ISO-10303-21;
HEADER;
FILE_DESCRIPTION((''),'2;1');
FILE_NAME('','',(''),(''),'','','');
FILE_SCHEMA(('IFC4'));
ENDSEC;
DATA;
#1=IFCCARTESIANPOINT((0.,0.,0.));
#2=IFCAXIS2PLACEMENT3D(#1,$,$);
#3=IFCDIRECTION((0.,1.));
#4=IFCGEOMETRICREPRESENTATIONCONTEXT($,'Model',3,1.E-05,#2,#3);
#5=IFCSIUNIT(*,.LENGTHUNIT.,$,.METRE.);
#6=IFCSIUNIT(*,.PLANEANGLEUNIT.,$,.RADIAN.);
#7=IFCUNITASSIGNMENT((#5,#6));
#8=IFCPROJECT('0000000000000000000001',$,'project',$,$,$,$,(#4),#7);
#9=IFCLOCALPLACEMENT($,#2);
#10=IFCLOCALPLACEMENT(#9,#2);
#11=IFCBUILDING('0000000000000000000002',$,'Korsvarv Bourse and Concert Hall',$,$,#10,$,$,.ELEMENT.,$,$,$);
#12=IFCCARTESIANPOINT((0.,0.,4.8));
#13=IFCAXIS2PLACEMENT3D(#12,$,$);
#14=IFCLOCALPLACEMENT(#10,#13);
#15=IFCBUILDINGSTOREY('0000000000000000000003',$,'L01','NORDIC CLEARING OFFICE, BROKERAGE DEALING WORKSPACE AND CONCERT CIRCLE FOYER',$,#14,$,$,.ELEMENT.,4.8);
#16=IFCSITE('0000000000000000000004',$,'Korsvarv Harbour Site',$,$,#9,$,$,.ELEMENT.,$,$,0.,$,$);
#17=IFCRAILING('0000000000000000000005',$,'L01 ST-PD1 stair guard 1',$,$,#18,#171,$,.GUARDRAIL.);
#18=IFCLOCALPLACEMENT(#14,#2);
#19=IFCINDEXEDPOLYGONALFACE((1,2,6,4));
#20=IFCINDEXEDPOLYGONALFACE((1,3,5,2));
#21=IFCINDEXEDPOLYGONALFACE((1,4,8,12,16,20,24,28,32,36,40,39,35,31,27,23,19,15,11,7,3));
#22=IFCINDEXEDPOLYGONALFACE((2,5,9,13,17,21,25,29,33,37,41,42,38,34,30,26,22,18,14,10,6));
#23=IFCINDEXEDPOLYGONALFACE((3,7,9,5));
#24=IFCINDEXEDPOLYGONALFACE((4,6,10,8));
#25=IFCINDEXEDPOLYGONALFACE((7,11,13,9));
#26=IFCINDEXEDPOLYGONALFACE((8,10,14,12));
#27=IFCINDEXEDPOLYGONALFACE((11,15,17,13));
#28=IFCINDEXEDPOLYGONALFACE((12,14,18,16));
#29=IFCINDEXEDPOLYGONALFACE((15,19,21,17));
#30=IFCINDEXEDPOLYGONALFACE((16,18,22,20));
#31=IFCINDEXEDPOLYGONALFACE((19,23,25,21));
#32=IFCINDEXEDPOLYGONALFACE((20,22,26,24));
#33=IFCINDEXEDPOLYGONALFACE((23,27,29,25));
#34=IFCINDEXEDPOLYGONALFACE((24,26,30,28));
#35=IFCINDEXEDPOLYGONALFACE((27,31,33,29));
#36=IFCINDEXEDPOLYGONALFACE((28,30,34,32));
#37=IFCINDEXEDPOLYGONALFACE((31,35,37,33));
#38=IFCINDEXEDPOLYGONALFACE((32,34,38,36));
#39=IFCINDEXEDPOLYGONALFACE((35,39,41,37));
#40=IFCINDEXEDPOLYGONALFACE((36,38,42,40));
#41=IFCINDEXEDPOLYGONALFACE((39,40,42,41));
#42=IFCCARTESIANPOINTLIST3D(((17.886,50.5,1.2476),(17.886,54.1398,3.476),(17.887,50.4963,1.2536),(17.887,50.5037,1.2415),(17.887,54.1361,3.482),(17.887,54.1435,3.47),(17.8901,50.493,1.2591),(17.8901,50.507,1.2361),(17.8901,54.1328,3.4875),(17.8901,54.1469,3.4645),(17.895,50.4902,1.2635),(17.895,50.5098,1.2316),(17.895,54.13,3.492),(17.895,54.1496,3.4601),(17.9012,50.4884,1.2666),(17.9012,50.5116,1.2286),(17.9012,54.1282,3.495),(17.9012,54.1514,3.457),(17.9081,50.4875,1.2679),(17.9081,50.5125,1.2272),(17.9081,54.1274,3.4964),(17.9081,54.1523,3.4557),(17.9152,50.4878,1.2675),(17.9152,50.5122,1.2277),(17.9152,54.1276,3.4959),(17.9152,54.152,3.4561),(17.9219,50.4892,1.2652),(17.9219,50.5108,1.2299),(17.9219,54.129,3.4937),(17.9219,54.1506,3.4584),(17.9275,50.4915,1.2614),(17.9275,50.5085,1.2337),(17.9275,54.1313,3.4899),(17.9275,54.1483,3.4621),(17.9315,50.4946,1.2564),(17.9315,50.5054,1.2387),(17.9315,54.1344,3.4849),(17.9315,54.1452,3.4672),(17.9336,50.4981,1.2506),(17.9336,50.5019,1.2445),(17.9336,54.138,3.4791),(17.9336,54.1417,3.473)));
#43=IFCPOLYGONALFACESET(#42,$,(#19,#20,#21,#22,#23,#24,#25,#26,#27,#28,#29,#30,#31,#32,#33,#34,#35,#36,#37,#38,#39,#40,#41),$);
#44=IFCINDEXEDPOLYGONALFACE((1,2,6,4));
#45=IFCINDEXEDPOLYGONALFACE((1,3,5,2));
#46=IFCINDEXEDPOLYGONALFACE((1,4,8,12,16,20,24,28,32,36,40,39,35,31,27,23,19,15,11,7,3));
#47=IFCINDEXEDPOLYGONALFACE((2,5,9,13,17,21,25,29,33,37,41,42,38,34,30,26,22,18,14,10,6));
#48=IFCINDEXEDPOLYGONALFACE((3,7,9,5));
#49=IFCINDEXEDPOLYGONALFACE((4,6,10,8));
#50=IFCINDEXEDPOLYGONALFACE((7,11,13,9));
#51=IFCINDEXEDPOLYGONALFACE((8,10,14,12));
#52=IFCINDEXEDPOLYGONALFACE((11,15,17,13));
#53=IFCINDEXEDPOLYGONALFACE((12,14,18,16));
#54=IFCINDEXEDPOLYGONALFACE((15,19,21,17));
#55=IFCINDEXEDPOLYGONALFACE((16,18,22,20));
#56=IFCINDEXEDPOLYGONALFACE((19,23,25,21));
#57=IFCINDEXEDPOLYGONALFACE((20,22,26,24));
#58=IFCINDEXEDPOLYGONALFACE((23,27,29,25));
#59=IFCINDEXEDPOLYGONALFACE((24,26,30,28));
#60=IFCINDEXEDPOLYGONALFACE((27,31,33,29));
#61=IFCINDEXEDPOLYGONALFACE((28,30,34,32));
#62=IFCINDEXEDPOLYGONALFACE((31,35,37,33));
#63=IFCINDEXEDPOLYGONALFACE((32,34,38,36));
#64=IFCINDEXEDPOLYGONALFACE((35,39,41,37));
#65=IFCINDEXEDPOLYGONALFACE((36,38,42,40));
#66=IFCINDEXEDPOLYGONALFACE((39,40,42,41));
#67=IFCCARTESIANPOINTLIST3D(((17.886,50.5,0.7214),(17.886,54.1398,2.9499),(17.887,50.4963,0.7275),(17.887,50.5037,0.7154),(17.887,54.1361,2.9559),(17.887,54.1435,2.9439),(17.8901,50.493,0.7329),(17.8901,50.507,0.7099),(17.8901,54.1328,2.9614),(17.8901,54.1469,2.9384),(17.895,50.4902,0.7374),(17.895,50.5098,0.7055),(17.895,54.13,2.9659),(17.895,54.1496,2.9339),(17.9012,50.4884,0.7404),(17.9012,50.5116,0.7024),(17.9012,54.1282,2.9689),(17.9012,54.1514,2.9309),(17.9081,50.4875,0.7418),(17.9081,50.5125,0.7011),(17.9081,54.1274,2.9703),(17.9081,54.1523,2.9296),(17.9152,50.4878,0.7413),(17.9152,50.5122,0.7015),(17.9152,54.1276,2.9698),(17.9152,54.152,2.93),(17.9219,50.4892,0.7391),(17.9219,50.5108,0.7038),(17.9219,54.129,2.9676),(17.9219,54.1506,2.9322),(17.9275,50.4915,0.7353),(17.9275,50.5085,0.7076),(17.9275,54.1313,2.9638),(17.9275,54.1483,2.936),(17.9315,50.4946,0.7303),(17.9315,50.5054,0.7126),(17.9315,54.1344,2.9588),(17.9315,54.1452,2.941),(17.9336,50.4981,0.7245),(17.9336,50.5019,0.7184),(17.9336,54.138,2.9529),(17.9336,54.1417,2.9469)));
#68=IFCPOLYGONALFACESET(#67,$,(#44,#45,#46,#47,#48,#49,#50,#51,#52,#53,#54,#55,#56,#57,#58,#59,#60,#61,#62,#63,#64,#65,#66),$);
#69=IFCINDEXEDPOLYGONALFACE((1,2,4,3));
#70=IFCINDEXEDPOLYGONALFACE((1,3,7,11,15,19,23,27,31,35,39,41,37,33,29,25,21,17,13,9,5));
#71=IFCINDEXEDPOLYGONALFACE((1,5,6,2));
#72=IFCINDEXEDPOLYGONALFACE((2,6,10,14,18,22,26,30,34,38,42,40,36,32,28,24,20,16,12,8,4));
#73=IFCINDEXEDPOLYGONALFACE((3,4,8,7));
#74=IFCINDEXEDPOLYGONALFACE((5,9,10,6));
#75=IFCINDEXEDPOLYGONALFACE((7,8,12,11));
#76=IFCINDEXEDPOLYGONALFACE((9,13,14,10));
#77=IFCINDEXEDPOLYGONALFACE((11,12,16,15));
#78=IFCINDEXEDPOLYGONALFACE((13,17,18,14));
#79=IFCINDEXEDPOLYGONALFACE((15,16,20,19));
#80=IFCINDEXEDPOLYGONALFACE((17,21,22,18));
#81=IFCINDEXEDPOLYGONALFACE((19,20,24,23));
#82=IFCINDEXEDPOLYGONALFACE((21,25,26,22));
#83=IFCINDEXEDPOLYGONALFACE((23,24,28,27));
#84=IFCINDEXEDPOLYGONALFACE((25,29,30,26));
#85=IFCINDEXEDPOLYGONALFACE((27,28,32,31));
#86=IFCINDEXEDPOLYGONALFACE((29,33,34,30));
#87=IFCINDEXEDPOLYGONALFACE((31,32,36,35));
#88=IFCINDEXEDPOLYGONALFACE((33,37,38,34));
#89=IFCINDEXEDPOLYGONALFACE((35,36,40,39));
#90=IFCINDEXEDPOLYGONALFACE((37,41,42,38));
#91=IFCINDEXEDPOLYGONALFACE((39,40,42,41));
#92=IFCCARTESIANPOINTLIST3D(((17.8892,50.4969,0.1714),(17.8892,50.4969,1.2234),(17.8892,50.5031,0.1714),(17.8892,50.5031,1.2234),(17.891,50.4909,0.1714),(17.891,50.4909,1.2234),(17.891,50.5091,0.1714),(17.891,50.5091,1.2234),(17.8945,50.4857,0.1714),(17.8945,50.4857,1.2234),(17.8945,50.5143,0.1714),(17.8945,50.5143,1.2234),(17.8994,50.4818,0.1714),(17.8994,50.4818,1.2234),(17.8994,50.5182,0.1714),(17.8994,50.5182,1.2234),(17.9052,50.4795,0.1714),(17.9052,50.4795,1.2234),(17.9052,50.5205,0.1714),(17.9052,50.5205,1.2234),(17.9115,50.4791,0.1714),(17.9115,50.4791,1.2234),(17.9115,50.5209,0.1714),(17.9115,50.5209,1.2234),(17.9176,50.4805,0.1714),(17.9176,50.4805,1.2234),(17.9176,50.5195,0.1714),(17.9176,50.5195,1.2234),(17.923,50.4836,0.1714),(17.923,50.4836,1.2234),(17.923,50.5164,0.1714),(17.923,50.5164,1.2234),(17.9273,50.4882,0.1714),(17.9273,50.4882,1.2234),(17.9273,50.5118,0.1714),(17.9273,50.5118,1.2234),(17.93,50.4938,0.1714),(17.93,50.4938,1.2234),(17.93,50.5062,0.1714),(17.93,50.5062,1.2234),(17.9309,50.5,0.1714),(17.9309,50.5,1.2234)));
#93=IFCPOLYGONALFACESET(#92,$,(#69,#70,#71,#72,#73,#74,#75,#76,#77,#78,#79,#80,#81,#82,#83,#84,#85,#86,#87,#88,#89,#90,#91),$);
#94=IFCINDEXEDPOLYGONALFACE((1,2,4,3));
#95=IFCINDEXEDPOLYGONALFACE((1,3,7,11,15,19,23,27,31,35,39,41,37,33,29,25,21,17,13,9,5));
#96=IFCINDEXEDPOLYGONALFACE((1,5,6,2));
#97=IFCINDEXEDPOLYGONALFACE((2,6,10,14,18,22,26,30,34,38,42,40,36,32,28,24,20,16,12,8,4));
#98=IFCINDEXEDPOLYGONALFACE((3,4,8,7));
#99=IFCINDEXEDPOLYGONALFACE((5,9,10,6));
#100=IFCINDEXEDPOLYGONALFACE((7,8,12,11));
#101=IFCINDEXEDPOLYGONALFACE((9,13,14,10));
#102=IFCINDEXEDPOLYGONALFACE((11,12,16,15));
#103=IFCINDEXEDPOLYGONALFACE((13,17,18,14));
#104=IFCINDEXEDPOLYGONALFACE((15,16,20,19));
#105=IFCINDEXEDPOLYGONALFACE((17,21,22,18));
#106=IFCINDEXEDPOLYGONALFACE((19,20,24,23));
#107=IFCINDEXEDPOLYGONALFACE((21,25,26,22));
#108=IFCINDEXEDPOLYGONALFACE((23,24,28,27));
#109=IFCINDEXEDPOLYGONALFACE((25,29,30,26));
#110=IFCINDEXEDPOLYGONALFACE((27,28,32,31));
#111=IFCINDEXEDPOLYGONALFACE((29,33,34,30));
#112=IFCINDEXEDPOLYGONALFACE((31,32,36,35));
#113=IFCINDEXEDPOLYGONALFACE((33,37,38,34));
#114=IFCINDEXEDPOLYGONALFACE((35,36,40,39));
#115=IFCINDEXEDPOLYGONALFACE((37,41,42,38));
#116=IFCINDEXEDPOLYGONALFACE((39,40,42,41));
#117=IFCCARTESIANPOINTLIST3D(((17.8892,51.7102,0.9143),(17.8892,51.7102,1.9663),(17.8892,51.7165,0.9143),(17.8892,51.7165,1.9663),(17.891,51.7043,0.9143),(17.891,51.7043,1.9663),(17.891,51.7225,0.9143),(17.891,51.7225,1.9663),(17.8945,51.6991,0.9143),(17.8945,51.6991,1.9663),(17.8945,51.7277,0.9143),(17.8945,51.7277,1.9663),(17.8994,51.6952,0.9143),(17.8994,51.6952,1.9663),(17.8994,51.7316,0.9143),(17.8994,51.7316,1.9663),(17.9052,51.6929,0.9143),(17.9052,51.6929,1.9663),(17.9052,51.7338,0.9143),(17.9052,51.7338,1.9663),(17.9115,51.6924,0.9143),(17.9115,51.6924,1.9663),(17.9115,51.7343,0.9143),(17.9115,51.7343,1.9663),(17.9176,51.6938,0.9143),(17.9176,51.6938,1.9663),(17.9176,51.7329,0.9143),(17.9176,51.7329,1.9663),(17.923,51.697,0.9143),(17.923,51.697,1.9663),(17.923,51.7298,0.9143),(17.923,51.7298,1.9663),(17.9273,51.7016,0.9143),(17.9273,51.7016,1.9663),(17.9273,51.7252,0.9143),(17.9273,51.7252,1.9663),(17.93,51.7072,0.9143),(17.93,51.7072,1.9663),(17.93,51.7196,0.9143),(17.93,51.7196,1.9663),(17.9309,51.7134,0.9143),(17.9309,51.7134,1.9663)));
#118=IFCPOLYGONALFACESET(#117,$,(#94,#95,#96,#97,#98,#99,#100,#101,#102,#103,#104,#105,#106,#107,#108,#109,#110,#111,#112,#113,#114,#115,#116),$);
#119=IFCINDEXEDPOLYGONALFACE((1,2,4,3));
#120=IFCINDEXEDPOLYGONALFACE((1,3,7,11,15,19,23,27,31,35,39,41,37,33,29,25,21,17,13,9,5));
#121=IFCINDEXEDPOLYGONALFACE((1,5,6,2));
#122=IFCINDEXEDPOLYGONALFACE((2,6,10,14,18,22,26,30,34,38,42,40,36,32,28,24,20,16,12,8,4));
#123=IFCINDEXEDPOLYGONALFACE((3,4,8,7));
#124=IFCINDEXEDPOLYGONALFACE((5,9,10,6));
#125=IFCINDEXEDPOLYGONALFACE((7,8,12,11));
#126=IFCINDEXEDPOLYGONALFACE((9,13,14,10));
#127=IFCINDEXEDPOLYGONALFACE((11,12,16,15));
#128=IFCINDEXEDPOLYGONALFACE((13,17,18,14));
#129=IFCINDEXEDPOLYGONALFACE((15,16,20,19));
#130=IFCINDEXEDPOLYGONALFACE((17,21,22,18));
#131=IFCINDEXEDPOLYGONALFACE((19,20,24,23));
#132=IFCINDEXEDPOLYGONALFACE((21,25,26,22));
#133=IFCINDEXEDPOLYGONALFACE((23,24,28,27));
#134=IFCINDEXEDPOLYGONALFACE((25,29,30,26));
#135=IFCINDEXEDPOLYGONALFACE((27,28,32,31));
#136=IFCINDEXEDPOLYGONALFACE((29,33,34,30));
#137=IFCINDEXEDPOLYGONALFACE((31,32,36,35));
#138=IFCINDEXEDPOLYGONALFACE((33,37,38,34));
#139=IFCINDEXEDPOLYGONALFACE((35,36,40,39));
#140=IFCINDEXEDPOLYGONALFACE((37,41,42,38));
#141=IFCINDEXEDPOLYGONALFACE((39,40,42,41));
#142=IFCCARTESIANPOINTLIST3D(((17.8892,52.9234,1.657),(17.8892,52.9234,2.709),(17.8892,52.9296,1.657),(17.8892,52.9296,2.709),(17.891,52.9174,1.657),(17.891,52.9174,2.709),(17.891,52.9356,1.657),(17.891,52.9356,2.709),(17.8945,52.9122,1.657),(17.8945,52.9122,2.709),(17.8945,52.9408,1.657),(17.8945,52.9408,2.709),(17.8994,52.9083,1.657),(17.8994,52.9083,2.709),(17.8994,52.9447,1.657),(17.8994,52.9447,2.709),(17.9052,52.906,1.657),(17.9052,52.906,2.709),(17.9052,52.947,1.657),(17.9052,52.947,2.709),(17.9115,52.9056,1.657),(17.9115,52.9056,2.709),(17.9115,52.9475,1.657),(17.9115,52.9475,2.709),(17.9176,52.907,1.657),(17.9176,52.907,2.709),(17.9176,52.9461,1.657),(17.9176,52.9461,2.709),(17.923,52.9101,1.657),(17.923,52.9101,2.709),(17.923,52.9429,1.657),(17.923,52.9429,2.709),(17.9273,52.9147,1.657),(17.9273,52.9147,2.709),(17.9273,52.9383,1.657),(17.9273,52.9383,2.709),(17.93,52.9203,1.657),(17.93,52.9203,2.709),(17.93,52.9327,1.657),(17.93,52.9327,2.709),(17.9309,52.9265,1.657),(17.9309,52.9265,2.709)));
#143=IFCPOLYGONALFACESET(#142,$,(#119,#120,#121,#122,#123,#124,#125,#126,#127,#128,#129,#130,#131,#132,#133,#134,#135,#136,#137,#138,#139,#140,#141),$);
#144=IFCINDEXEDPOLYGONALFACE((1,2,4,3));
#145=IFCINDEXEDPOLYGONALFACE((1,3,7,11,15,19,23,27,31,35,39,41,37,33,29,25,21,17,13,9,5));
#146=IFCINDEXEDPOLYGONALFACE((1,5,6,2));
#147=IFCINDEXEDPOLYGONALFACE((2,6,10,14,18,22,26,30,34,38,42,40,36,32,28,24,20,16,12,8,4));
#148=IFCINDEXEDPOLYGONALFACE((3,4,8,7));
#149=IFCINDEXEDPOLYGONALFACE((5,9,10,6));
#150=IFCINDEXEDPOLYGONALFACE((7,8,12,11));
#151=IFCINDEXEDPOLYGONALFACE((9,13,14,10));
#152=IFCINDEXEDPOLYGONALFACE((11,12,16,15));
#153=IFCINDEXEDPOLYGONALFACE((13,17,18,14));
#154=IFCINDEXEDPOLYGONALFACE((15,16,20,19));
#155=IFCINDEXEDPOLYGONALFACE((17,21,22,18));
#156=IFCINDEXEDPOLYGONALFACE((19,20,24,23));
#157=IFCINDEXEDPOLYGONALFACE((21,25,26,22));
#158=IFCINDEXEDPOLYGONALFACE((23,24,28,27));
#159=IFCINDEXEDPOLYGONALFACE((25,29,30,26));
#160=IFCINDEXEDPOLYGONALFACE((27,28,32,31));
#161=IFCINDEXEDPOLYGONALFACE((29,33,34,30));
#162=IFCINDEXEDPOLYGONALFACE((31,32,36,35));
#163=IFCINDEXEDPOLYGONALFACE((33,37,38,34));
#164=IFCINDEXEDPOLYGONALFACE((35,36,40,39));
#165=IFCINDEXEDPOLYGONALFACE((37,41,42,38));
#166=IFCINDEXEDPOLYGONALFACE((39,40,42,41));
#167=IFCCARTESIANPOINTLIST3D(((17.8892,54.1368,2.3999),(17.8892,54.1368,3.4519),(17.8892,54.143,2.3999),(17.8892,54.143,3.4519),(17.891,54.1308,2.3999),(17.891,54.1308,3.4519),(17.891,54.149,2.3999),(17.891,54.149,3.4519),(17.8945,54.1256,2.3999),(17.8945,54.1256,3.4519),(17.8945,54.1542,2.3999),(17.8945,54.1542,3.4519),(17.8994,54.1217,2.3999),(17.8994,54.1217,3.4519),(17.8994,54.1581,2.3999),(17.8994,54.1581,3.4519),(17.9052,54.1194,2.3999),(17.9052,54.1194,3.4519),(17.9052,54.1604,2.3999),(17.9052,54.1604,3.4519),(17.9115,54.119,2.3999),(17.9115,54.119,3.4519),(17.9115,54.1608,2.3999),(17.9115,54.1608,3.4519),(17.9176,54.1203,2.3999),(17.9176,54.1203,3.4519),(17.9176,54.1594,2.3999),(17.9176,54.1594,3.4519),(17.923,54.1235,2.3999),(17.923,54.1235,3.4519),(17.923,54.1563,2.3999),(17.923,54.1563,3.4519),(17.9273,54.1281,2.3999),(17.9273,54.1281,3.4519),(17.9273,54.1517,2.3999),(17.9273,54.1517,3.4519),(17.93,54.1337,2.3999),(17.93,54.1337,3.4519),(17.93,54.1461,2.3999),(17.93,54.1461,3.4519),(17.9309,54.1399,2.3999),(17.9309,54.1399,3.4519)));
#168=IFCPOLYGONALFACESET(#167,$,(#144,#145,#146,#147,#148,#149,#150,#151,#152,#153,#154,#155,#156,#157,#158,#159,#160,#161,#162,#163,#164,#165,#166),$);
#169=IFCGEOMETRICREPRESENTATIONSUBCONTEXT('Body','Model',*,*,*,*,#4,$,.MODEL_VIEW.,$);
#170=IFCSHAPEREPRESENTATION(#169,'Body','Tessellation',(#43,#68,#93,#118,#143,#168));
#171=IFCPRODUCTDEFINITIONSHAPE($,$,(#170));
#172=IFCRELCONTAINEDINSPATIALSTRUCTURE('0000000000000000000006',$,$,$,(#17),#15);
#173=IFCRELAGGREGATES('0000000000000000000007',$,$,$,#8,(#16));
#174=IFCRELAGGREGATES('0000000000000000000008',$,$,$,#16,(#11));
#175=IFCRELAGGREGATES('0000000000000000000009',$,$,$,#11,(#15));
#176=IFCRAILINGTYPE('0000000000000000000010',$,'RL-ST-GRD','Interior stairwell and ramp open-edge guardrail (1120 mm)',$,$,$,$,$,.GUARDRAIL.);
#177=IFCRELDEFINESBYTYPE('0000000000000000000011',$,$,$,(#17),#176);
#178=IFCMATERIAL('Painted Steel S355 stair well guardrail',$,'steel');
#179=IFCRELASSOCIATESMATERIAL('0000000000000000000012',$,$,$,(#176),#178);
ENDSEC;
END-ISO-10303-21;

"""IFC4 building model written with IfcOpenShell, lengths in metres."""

from ifc_helpers import new_model, si_unit, direction, frame, origin, origin_2d, place, context, subcontext, project, spatial, circle, extrude, material, type_object, element, save


model = new_model("IFC4")

# Units and contexts
model_context = context("Model", 3, precision=1e-05, world=origin(), true_north=direction((0.0, 1.0)))
body_context = subcontext(model_context, "Body", "Model", "MODEL_VIEW")
ifc_project = project(units=[si_unit("LENGTHUNIT", "METRE"), si_unit("PLANEANGLEUNIT", "RADIAN")], contexts=[model_context])

# Site, building, storey
site_placement = place(None, origin())
site = spatial("IfcSite", under=ifc_project, at=site_placement, Name="Korsvarv Harbour Site", CompositionType="ELEMENT", RefElevation=0.0)
building_placement = place(site_placement, origin())
building = spatial("IfcBuilding", under=site, at=building_placement, Name="Korsvarv Bourse and Concert Hall", CompositionType="ELEMENT")
storey_placement = place(building_placement, frame((0.0, 0.0, 4.8)))
storey = spatial("IfcBuildingStorey", under=building, at=storey_placement, Name="L01", Description="NORDIC CLEARING OFFICE, BROKERAGE DEALING WORKSPACE AND CONCERT CIRCLE FOYER", CompositionType="ELEMENT", Elevation=4.8)

# Railing
ifc_material_1 = material(Name="Painted Steel S355 stair well guardrail", Category="steel")
railing_type_1 = type_object("IfcRailingType", Name="RL-ST-GRD", Description="Interior stairwell and ramp open-edge guardrail (1120 mm)", PredefinedType="GUARDRAIL", material=ifc_material_1)
railing_1_placement = place(storey_placement, frame((17.9099, 50.5, 0.1714)))
element("IfcRailing", 1, at=railing_1_placement, inside=storey, type_object=railing_type_1, Name="L01 ST-PD1 stair guard 1", PredefinedType="GUARDRAIL", context=body_context, shape_type="SweptSolid", body=[
    extrude(circle(Radius=0.0239, at=origin_2d()), frame((0.0, 0.0, 1.0762), z_axis=(0.0, 0.85285, 0.522156), x_axis=(-1.0, 0.0, 0.0)), (0.0, 0.0, 1.0), 4.2678),
    extrude(circle(Radius=0.0239, at=origin_2d()), frame((0.0, 0.0, 0.55), z_axis=(0.0, 0.85285, 0.522156), x_axis=(-1.0, 0.0, 0.0)), (0.0, 0.0, 1.0), 4.2678),
    extrude(circle(Radius=0.021, at=origin_2d()), origin(), (0.0, 0.0, 1.0), 1.052),
    extrude(circle(Radius=0.021, at=origin_2d()), frame((0.0, 1.2134, 0.7429)), (0.0, 0.0, 1.0), 1.052),
    extrude(circle(Radius=0.021, at=origin_2d()), frame((0.0, 2.4265, 1.4856)), (0.0, 0.0, 1.0), 1.052),
    extrude(circle(Radius=0.021, at=origin_2d()), frame((0.0, 3.6399, 2.2285)), (0.0, 0.0, 1.0), 1.052),
])

save(model, "model.ifc")
